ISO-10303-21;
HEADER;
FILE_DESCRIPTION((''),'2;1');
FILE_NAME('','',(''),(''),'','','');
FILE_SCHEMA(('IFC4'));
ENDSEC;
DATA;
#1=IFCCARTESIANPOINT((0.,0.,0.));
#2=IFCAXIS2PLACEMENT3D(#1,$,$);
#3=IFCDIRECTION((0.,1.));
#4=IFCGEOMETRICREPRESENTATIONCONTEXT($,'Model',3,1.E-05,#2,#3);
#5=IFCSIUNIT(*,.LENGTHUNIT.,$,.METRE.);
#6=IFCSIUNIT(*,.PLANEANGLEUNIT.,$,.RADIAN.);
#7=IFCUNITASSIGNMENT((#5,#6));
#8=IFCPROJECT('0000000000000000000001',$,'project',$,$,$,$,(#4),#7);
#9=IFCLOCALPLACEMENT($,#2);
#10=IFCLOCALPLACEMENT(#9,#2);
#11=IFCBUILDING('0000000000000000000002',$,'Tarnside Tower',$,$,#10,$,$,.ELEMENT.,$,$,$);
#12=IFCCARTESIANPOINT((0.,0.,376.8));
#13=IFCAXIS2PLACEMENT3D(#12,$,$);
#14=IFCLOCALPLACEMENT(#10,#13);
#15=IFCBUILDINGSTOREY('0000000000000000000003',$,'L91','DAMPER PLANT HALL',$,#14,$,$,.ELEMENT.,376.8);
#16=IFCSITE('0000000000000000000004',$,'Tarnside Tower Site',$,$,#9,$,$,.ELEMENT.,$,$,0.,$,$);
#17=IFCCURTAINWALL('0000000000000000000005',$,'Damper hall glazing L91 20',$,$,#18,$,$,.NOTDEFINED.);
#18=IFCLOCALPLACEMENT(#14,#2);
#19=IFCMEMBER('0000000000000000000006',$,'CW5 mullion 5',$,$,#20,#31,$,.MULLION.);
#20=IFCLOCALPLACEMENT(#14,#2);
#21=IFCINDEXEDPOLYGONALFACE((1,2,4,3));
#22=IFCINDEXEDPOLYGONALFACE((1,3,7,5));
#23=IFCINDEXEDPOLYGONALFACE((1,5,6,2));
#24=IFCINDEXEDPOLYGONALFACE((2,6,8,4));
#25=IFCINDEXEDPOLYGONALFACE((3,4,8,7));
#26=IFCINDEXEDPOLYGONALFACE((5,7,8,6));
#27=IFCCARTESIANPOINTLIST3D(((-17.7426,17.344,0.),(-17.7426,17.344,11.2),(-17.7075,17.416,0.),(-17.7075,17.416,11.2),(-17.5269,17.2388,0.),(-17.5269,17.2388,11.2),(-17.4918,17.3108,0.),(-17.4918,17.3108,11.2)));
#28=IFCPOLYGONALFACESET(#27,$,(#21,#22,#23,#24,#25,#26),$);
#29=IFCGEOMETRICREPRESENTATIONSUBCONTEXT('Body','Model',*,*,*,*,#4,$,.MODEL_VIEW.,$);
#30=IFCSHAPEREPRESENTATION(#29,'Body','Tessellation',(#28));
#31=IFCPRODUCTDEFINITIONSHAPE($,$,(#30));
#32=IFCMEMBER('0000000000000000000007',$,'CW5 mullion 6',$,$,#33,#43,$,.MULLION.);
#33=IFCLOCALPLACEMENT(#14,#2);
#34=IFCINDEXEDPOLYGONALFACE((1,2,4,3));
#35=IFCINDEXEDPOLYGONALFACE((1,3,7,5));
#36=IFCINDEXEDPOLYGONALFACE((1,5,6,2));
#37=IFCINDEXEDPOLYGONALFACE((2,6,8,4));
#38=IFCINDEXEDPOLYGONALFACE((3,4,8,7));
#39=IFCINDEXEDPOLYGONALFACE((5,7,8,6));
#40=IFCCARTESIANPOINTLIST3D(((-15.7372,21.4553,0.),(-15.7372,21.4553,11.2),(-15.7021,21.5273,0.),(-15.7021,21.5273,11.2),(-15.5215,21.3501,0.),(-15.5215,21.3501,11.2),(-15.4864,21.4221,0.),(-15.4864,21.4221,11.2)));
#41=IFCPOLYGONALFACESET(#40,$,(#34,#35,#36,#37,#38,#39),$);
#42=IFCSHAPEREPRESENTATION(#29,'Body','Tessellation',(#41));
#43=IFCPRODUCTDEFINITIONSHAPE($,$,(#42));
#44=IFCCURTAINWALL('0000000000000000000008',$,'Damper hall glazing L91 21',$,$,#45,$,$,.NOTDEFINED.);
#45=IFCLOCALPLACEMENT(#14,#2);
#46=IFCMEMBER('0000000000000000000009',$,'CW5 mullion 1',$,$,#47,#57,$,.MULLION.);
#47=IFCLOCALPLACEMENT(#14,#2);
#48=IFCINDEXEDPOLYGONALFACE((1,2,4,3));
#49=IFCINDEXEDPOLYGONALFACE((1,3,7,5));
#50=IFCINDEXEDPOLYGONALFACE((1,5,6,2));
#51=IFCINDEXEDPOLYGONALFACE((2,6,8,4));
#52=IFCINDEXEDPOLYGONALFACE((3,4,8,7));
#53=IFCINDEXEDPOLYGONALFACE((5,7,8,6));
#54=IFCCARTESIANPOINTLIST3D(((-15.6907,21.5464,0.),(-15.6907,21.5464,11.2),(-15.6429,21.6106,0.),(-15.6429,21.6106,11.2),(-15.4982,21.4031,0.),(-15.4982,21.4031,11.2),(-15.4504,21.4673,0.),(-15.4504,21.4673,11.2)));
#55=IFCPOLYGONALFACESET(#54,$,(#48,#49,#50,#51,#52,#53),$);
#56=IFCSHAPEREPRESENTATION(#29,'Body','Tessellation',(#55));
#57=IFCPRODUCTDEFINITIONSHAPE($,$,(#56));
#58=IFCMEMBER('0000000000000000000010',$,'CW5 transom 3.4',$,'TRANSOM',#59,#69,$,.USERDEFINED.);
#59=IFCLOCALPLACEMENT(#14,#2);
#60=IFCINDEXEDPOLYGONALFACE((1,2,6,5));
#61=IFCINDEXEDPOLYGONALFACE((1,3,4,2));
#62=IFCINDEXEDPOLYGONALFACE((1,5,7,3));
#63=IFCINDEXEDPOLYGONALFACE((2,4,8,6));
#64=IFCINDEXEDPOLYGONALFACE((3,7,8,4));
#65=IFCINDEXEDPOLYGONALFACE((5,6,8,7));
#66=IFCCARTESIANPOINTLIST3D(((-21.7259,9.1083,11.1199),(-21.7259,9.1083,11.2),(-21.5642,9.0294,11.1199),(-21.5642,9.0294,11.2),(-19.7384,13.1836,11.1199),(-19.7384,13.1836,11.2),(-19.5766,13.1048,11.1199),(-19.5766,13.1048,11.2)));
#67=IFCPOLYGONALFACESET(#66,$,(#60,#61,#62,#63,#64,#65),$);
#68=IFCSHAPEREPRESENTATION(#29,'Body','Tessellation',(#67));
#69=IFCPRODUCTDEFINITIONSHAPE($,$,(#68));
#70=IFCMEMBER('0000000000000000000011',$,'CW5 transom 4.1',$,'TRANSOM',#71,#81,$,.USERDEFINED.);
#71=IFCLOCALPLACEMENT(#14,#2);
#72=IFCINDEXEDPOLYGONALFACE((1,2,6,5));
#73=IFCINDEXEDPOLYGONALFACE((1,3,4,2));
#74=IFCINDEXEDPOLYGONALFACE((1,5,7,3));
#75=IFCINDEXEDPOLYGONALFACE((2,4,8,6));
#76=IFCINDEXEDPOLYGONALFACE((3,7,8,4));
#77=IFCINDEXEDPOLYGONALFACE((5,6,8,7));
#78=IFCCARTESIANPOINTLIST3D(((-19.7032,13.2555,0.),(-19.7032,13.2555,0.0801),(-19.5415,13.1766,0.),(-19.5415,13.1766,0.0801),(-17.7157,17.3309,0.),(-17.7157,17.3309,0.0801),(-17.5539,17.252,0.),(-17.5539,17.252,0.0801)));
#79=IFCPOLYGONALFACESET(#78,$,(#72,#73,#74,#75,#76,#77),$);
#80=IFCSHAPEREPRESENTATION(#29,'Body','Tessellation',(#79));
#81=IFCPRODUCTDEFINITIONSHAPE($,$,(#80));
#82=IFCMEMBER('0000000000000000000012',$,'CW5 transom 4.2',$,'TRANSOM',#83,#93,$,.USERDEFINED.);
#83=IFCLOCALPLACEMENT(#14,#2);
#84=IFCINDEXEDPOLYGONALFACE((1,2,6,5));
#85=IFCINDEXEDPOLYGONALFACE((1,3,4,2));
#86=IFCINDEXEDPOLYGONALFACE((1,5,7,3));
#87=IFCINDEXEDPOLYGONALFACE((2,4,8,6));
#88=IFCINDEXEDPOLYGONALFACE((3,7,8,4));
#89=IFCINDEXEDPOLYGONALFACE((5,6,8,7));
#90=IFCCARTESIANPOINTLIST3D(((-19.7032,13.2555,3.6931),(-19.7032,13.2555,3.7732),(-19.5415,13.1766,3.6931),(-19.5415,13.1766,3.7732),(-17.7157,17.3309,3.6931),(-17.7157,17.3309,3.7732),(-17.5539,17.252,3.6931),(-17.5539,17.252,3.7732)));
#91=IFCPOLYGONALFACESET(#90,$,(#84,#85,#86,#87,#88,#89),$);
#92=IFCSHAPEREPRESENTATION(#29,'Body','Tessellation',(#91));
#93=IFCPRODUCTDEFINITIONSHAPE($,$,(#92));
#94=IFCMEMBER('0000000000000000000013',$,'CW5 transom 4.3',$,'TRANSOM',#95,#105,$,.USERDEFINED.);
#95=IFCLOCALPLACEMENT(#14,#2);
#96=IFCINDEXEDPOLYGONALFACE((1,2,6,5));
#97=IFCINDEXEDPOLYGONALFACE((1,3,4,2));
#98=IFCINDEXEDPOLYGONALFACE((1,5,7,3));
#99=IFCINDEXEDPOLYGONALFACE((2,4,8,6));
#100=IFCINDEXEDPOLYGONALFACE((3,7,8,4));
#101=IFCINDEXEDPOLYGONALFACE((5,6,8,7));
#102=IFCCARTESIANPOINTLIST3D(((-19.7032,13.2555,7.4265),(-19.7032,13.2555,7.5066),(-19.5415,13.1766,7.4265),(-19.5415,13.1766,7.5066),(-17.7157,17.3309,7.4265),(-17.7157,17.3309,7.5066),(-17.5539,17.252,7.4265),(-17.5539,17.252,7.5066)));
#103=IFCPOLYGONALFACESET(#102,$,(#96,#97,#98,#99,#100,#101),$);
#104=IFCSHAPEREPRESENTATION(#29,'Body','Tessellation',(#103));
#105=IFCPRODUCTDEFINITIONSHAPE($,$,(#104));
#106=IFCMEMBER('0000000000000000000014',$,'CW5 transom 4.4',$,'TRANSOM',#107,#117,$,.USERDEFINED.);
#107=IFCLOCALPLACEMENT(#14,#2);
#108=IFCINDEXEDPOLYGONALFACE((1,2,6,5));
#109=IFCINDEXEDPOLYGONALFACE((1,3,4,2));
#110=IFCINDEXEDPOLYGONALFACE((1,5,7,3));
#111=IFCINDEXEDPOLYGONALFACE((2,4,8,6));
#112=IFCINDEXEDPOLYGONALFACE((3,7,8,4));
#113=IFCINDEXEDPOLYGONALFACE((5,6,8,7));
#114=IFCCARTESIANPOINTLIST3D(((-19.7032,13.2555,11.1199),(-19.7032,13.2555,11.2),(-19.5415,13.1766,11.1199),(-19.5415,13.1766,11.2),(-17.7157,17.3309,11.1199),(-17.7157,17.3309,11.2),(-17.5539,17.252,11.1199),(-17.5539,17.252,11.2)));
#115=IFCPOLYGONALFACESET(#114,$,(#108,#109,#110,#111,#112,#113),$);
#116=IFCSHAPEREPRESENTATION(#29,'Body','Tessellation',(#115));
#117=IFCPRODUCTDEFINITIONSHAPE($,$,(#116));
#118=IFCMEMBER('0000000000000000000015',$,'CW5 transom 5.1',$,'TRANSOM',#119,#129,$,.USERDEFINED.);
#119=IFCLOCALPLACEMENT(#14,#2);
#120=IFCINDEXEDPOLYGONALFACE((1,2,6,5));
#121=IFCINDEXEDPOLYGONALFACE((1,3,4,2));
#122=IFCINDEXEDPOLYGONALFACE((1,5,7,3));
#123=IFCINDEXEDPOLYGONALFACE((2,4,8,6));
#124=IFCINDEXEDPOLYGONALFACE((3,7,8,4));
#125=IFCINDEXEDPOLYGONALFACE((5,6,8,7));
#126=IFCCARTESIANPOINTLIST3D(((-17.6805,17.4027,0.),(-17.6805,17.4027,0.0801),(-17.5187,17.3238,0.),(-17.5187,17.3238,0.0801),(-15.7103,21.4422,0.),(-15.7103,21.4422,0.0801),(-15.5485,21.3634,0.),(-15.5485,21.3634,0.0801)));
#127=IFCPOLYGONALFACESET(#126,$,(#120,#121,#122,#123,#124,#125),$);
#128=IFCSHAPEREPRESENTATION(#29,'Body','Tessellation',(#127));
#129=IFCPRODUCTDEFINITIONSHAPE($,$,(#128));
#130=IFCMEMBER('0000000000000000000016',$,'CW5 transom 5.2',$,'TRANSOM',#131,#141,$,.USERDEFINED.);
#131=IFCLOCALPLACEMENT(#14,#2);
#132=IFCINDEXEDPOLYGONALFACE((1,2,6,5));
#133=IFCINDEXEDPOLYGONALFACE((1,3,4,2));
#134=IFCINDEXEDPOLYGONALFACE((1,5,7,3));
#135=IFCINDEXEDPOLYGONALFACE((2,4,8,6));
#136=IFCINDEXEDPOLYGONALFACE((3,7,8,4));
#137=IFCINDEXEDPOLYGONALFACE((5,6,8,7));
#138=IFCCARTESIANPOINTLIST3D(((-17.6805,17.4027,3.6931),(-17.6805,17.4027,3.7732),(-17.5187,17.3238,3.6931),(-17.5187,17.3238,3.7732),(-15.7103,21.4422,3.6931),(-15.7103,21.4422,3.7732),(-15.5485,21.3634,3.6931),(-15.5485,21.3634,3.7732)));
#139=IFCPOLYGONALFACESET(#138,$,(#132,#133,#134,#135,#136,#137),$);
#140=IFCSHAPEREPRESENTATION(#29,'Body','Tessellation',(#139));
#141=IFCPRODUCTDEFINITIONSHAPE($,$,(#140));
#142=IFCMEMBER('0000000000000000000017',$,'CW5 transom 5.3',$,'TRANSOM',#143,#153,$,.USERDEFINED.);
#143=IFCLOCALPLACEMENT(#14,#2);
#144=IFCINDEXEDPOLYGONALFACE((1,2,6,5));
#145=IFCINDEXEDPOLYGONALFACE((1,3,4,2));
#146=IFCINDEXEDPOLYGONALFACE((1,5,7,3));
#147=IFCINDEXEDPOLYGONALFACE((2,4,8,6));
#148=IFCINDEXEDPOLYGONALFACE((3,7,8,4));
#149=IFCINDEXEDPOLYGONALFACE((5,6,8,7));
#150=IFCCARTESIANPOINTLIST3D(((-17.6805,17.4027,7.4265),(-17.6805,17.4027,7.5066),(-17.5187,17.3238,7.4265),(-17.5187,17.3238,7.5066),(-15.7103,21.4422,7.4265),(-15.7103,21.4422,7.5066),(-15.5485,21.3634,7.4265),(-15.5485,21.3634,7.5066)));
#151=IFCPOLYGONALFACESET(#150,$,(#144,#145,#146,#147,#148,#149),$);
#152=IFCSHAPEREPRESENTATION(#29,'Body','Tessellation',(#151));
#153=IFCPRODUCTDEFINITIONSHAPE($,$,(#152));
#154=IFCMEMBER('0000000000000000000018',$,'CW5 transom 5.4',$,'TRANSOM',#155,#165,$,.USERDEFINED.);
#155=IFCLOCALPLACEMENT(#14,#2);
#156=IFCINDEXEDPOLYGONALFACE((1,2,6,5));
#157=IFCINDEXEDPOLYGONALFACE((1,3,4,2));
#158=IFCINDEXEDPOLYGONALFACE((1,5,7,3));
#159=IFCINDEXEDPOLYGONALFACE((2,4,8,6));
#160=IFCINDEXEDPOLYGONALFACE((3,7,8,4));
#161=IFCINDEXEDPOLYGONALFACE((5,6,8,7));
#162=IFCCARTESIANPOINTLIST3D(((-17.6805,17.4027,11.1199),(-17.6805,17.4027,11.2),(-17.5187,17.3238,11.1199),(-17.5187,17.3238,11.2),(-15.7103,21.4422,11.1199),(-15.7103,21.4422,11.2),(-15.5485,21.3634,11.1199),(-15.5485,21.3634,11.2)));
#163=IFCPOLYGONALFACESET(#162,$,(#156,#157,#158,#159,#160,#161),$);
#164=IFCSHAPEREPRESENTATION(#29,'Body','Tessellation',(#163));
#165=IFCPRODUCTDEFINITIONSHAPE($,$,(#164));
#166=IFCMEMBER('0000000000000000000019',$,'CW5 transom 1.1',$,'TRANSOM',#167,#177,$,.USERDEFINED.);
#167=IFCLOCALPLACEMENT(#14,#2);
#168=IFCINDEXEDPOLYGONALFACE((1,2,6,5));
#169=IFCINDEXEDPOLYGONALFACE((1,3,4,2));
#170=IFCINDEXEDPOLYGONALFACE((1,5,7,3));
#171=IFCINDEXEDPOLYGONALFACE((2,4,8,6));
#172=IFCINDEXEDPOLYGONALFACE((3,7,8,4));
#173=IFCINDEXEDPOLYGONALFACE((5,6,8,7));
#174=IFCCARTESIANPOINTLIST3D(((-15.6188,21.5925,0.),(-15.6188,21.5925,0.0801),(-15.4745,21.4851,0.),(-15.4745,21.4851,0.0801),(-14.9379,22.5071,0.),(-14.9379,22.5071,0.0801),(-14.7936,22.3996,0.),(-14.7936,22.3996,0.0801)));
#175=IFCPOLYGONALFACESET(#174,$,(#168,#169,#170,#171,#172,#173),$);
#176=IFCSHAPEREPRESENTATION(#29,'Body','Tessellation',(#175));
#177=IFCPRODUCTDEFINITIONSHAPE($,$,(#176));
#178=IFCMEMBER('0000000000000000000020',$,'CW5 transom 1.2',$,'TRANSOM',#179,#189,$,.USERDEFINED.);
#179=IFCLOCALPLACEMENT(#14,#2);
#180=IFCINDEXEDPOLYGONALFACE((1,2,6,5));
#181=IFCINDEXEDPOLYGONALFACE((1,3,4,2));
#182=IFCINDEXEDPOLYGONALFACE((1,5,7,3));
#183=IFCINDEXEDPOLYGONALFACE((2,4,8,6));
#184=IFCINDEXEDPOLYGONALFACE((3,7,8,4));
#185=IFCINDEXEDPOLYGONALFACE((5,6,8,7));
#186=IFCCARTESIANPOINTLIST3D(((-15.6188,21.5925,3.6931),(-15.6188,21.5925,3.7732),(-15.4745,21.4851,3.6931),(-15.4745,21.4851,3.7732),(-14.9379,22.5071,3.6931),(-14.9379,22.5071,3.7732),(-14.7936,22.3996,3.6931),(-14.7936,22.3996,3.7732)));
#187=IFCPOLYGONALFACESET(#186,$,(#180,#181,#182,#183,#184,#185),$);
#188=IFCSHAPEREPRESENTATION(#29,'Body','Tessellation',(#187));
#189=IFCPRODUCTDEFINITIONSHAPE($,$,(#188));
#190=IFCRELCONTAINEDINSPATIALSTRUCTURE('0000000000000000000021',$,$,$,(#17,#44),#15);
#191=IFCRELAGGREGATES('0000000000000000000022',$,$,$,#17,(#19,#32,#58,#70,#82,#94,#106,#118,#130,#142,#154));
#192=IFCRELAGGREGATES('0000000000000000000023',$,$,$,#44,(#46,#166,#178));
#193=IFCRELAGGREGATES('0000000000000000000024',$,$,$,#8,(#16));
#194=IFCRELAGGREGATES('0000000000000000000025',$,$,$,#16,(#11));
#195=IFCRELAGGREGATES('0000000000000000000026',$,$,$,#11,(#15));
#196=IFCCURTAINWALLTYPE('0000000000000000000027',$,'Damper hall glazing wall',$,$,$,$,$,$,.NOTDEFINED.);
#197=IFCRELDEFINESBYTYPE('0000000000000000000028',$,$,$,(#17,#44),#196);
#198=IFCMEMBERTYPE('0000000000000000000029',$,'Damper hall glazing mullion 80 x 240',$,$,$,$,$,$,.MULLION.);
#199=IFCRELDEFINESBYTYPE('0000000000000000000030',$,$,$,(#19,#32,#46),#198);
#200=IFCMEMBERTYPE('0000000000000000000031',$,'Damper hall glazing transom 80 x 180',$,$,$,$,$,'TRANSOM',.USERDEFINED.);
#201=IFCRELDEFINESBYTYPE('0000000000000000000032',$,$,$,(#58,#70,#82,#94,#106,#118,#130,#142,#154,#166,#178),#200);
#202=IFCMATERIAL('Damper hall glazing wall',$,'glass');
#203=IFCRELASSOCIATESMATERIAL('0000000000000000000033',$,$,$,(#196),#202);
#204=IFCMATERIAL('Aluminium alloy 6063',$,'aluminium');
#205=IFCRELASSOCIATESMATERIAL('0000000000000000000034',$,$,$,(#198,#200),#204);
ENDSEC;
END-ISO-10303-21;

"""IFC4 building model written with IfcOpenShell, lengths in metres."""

from ifc_helpers import new_model, si_unit, direction, frame, origin, origin_2d, place, context, subcontext, project, spatial, rectangle, extrude, material, material_profile, profile_set, type_object, element, aggregate, save


model = new_model("IFC4")

# Units and contexts
model_context = context("Model", 3, precision=1e-05, world=origin(), true_north=direction((0.0, 1.0)))
body_context = subcontext(model_context, "Body", "Model", "MODEL_VIEW")
ifc_project = project(units=[si_unit("LENGTHUNIT", "METRE"), si_unit("PLANEANGLEUNIT", "RADIAN")], contexts=[model_context])

# Site, building, storey
site_placement = place(None, origin())
site = spatial("IfcSite", under=ifc_project, at=site_placement, Name="Tarnside Tower Site", CompositionType="ELEMENT", RefElevation=0.0)
building_placement = place(site_placement, origin())
building = spatial("IfcBuilding", under=site, at=building_placement, Name="Tarnside Tower", CompositionType="ELEMENT")
storey_placement = place(building_placement, frame((0.0, 0.0, 376.8)))
storey = spatial("IfcBuildingStorey", under=building, at=storey_placement, Name="L91", Description="DAMPER PLANT HALL", CompositionType="ELEMENT", Elevation=376.8)

# Curtain wall, members
ifc_material_1 = material(Name="Damper hall glazing wall", Category="glass")
curtain_wall_type = type_object("IfcCurtainWallType", Name="Damper hall glazing wall", PredefinedType="NOTDEFINED", material=ifc_material_1)
curtain_wall_1_placement = place(storey_placement, origin())
curtain_wall_1 = element("IfcCurtainWall", 1, at=curtain_wall_1_placement, inside=storey, type_object=curtain_wall_type, Name="Damper hall glazing L91 20", PredefinedType="NOTDEFINED")
ifc_material_2 = material(Name="Aluminium alloy 6063", Category="aluminium")
ifc_material_profile_1 = material_profile(ifc_material_2, rectangle(XDim=0.24, YDim=0.0801, at=origin_2d()), Name="Damper hall glazing mullion 80 x 240")
ifc_profile_set_1 = profile_set([ifc_material_profile_1], Name="Aluminium alloy 6063")
member_type_1 = type_object("IfcMemberType", Name="Damper hall glazing mullion 80 x 240", PredefinedType="MULLION", material=ifc_profile_set_1)
member_1_placement = place(storey_placement, frame((-17.6172, 17.3274, 0.0), z_axis=(0.0, 0.0, 1.0), x_axis=(-0.898794, 0.438371, 0.0)))
member_1 = element("IfcMember", 2, at=member_1_placement, type_object=member_type_1, Name="CW5 mullion 5", PredefinedType="MULLION", context=body_context, shape_type="SweptSolid", body=[
    extrude(rectangle(XDim=0.24, YDim=0.0801, at=origin_2d()), origin(), (0.0, 0.0, 1.0), 11.2),
])
member_2_placement = place(storey_placement, frame((-15.6118, 21.4387, 0.0), z_axis=(0.0, 0.0, 1.0), x_axis=(-0.898794, 0.438371, 0.0)))
member_2 = element("IfcMember", 3, at=member_2_placement, type_object=member_type_1, Name="CW5 mullion 6", PredefinedType="MULLION", context=body_context, shape_type="SweptSolid", body=[
    extrude(rectangle(XDim=0.24, YDim=0.0801, at=origin_2d()), origin(), (0.0, 0.0, 1.0), 11.2),
])

# Curtain wall, member
curtain_wall_2_placement = place(storey_placement, origin())
curtain_wall_2 = element("IfcCurtainWall", 4, at=curtain_wall_2_placement, inside=storey, type_object=curtain_wall_type, Name="Damper hall glazing L91 21", PredefinedType="NOTDEFINED")
member_3_placement = place(storey_placement, frame((-15.5706, 21.5068, 0.0), z_axis=(0.0, 0.0, 1.0), x_axis=(-0.802123, 0.597159, 0.0)))
member_3 = element("IfcMember", 5, at=member_3_placement, type_object=member_type_1, Name="CW5 mullion 1", PredefinedType="MULLION", context=body_context, shape_type="SweptSolid", body=[
    extrude(rectangle(XDim=0.24, YDim=0.0801, at=origin_2d()), origin(), (0.0, 0.0, 1.0), 11.2),
])

# Members
ifc_material_profile_2 = material_profile(ifc_material_2, rectangle(XDim=0.1799, YDim=0.0801, at=origin_2d()), Name="Damper hall glazing transom 80 x 180")
ifc_profile_set_2 = profile_set([ifc_material_profile_2], Name="Aluminium alloy 6063")
member_type_2 = type_object("IfcMemberType", Name="Damper hall glazing transom 80 x 180", ElementType="TRANSOM", PredefinedType="USERDEFINED", material=ifc_profile_set_2)
member_4_placement = place(storey_placement, frame((-21.645, 9.0688, 11.1599), z_axis=(0.43834, 0.898809, 0.0), x_axis=(-0.898809, 0.43834, 0.0)))
member_4 = element("IfcMember", 6, at=member_4_placement, type_object=member_type_2, Name="CW5 transom 3.4", ObjectType="TRANSOM", PredefinedType="USERDEFINED", context=body_context, shape_type="SweptSolid", body=[
    extrude(rectangle(XDim=0.1799, YDim=0.0801, at=origin_2d()), origin(), (0.0, 0.0, 1.0), 4.5342),
])
member_5_placement = place(storey_placement, frame((-19.6223, 13.2161, 0.04), z_axis=(0.43834, 0.898809, 0.0), x_axis=(-0.898809, 0.43834, 0.0)))
member_5 = element("IfcMember", 7, at=member_5_placement, type_object=member_type_2, Name="CW5 transom 4.1", ObjectType="TRANSOM", PredefinedType="USERDEFINED", context=body_context, shape_type="SweptSolid", body=[
    extrude(rectangle(XDim=0.1799, YDim=0.0801, at=origin_2d()), origin(), (0.0, 0.0, 1.0), 4.5342),
])
member_6_placement = place(storey_placement, frame((-19.6223, 13.2161, 3.7332), z_axis=(0.43834, 0.898809, 0.0), x_axis=(-0.898809, 0.43834, 0.0)))
member_6 = element("IfcMember", 8, at=member_6_placement, type_object=member_type_2, Name="CW5 transom 4.2", ObjectType="TRANSOM", PredefinedType="USERDEFINED", context=body_context, shape_type="SweptSolid", body=[
    extrude(rectangle(XDim=0.1799, YDim=0.0801, at=origin_2d()), origin(), (0.0, 0.0, 1.0), 4.5342),
])
member_7_placement = place(storey_placement, frame((-19.6223, 13.2161, 7.4666), z_axis=(0.43834, 0.898809, 0.0), x_axis=(-0.898809, 0.43834, 0.0)))
member_7 = element("IfcMember", 9, at=member_7_placement, type_object=member_type_2, Name="CW5 transom 4.3", ObjectType="TRANSOM", PredefinedType="USERDEFINED", context=body_context, shape_type="SweptSolid", body=[
    extrude(rectangle(XDim=0.1799, YDim=0.0801, at=origin_2d()), origin(), (0.0, 0.0, 1.0), 4.5342),
])
member_8_placement = place(storey_placement, frame((-19.6223, 13.2161, 11.1599), z_axis=(0.43834, 0.898809, 0.0), x_axis=(-0.898809, 0.43834, 0.0)))
member_8 = element("IfcMember", 10, at=member_8_placement, type_object=member_type_2, Name="CW5 transom 4.4", ObjectType="TRANSOM", PredefinedType="USERDEFINED", context=body_context, shape_type="SweptSolid", body=[
    extrude(rectangle(XDim=0.1799, YDim=0.0801, at=origin_2d()), origin(), (0.0, 0.0, 1.0), 4.5342),
])
member_9_placement = place(storey_placement, frame((-17.5996, 17.3633, 0.04), z_axis=(0.43837, 0.898795, 0.0), x_axis=(-0.898795, 0.43837, 0.0)))
member_9 = element("IfcMember", 11, at=member_9_placement, type_object=member_type_2, Name="CW5 transom 5.1", ObjectType="TRANSOM", PredefinedType="USERDEFINED", context=body_context, shape_type="SweptSolid", body=[
    extrude(rectangle(XDim=0.1799, YDim=0.0801, at=origin_2d()), origin(), (0.0, 0.0, 1.0), 4.4944),
])
member_10_placement = place(storey_placement, frame((-17.5996, 17.3633, 3.7332), z_axis=(0.43837, 0.898795, 0.0), x_axis=(-0.898795, 0.43837, 0.0)))
member_10 = element("IfcMember", 12, at=member_10_placement, type_object=member_type_2, Name="CW5 transom 5.2", ObjectType="TRANSOM", PredefinedType="USERDEFINED", context=body_context, shape_type="SweptSolid", body=[
    extrude(rectangle(XDim=0.1799, YDim=0.0801, at=origin_2d()), origin(), (0.0, 0.0, 1.0), 4.4944),
])
member_11_placement = place(storey_placement, frame((-17.5996, 17.3633, 7.4666), z_axis=(0.43837, 0.898795, 0.0), x_axis=(-0.898795, 0.43837, 0.0)))
member_11 = element("IfcMember", 13, at=member_11_placement, type_object=member_type_2, Name="CW5 transom 5.3", ObjectType="TRANSOM", PredefinedType="USERDEFINED", context=body_context, shape_type="SweptSolid", body=[
    extrude(rectangle(XDim=0.1799, YDim=0.0801, at=origin_2d()), origin(), (0.0, 0.0, 1.0), 4.4944),
])
member_12_placement = place(storey_placement, frame((-17.5996, 17.3633, 11.1599), z_axis=(0.43837, 0.898795, 0.0), x_axis=(-0.898795, 0.43837, 0.0)))
member_12 = element("IfcMember", 14, at=member_12_placement, type_object=member_type_2, Name="CW5 transom 5.4", ObjectType="TRANSOM", PredefinedType="USERDEFINED", context=body_context, shape_type="SweptSolid", body=[
    extrude(rectangle(XDim=0.1799, YDim=0.0801, at=origin_2d()), origin(), (0.0, 0.0, 1.0), 4.4944),
])
member_13_placement = place(storey_placement, frame((-15.5466, 21.5388, 0.04), z_axis=(0.597187, 0.802102, 0.0), x_axis=(-0.802102, 0.597187, 0.0)))
member_13 = element("IfcMember", 15, at=member_13_placement, type_object=member_type_2, Name="CW5 transom 1.1", ObjectType="TRANSOM", PredefinedType="USERDEFINED", context=body_context, shape_type="SweptSolid", body=[
    extrude(rectangle(XDim=0.1799, YDim=0.0801, at=origin_2d()), origin(), (0.0, 0.0, 1.0), 1.1401),
])
member_14_placement = place(storey_placement, frame((-15.5466, 21.5388, 3.7332), z_axis=(0.597187, 0.802102, 0.0), x_axis=(-0.802102, 0.597187, 0.0)))
member_14 = element("IfcMember", 16, at=member_14_placement, type_object=member_type_2, Name="CW5 transom 1.2", ObjectType="TRANSOM", PredefinedType="USERDEFINED", context=body_context, shape_type="SweptSolid", body=[
    extrude(rectangle(XDim=0.1799, YDim=0.0801, at=origin_2d()), origin(), (0.0, 0.0, 1.0), 1.1401),
])

aggregate(curtain_wall_1, [member_1, member_2, member_4, member_5, member_6, member_7, member_8, member_9, member_10, member_11, member_12])
aggregate(curtain_wall_2, [member_3, member_13, member_14])

save(model, "model.ifc")
